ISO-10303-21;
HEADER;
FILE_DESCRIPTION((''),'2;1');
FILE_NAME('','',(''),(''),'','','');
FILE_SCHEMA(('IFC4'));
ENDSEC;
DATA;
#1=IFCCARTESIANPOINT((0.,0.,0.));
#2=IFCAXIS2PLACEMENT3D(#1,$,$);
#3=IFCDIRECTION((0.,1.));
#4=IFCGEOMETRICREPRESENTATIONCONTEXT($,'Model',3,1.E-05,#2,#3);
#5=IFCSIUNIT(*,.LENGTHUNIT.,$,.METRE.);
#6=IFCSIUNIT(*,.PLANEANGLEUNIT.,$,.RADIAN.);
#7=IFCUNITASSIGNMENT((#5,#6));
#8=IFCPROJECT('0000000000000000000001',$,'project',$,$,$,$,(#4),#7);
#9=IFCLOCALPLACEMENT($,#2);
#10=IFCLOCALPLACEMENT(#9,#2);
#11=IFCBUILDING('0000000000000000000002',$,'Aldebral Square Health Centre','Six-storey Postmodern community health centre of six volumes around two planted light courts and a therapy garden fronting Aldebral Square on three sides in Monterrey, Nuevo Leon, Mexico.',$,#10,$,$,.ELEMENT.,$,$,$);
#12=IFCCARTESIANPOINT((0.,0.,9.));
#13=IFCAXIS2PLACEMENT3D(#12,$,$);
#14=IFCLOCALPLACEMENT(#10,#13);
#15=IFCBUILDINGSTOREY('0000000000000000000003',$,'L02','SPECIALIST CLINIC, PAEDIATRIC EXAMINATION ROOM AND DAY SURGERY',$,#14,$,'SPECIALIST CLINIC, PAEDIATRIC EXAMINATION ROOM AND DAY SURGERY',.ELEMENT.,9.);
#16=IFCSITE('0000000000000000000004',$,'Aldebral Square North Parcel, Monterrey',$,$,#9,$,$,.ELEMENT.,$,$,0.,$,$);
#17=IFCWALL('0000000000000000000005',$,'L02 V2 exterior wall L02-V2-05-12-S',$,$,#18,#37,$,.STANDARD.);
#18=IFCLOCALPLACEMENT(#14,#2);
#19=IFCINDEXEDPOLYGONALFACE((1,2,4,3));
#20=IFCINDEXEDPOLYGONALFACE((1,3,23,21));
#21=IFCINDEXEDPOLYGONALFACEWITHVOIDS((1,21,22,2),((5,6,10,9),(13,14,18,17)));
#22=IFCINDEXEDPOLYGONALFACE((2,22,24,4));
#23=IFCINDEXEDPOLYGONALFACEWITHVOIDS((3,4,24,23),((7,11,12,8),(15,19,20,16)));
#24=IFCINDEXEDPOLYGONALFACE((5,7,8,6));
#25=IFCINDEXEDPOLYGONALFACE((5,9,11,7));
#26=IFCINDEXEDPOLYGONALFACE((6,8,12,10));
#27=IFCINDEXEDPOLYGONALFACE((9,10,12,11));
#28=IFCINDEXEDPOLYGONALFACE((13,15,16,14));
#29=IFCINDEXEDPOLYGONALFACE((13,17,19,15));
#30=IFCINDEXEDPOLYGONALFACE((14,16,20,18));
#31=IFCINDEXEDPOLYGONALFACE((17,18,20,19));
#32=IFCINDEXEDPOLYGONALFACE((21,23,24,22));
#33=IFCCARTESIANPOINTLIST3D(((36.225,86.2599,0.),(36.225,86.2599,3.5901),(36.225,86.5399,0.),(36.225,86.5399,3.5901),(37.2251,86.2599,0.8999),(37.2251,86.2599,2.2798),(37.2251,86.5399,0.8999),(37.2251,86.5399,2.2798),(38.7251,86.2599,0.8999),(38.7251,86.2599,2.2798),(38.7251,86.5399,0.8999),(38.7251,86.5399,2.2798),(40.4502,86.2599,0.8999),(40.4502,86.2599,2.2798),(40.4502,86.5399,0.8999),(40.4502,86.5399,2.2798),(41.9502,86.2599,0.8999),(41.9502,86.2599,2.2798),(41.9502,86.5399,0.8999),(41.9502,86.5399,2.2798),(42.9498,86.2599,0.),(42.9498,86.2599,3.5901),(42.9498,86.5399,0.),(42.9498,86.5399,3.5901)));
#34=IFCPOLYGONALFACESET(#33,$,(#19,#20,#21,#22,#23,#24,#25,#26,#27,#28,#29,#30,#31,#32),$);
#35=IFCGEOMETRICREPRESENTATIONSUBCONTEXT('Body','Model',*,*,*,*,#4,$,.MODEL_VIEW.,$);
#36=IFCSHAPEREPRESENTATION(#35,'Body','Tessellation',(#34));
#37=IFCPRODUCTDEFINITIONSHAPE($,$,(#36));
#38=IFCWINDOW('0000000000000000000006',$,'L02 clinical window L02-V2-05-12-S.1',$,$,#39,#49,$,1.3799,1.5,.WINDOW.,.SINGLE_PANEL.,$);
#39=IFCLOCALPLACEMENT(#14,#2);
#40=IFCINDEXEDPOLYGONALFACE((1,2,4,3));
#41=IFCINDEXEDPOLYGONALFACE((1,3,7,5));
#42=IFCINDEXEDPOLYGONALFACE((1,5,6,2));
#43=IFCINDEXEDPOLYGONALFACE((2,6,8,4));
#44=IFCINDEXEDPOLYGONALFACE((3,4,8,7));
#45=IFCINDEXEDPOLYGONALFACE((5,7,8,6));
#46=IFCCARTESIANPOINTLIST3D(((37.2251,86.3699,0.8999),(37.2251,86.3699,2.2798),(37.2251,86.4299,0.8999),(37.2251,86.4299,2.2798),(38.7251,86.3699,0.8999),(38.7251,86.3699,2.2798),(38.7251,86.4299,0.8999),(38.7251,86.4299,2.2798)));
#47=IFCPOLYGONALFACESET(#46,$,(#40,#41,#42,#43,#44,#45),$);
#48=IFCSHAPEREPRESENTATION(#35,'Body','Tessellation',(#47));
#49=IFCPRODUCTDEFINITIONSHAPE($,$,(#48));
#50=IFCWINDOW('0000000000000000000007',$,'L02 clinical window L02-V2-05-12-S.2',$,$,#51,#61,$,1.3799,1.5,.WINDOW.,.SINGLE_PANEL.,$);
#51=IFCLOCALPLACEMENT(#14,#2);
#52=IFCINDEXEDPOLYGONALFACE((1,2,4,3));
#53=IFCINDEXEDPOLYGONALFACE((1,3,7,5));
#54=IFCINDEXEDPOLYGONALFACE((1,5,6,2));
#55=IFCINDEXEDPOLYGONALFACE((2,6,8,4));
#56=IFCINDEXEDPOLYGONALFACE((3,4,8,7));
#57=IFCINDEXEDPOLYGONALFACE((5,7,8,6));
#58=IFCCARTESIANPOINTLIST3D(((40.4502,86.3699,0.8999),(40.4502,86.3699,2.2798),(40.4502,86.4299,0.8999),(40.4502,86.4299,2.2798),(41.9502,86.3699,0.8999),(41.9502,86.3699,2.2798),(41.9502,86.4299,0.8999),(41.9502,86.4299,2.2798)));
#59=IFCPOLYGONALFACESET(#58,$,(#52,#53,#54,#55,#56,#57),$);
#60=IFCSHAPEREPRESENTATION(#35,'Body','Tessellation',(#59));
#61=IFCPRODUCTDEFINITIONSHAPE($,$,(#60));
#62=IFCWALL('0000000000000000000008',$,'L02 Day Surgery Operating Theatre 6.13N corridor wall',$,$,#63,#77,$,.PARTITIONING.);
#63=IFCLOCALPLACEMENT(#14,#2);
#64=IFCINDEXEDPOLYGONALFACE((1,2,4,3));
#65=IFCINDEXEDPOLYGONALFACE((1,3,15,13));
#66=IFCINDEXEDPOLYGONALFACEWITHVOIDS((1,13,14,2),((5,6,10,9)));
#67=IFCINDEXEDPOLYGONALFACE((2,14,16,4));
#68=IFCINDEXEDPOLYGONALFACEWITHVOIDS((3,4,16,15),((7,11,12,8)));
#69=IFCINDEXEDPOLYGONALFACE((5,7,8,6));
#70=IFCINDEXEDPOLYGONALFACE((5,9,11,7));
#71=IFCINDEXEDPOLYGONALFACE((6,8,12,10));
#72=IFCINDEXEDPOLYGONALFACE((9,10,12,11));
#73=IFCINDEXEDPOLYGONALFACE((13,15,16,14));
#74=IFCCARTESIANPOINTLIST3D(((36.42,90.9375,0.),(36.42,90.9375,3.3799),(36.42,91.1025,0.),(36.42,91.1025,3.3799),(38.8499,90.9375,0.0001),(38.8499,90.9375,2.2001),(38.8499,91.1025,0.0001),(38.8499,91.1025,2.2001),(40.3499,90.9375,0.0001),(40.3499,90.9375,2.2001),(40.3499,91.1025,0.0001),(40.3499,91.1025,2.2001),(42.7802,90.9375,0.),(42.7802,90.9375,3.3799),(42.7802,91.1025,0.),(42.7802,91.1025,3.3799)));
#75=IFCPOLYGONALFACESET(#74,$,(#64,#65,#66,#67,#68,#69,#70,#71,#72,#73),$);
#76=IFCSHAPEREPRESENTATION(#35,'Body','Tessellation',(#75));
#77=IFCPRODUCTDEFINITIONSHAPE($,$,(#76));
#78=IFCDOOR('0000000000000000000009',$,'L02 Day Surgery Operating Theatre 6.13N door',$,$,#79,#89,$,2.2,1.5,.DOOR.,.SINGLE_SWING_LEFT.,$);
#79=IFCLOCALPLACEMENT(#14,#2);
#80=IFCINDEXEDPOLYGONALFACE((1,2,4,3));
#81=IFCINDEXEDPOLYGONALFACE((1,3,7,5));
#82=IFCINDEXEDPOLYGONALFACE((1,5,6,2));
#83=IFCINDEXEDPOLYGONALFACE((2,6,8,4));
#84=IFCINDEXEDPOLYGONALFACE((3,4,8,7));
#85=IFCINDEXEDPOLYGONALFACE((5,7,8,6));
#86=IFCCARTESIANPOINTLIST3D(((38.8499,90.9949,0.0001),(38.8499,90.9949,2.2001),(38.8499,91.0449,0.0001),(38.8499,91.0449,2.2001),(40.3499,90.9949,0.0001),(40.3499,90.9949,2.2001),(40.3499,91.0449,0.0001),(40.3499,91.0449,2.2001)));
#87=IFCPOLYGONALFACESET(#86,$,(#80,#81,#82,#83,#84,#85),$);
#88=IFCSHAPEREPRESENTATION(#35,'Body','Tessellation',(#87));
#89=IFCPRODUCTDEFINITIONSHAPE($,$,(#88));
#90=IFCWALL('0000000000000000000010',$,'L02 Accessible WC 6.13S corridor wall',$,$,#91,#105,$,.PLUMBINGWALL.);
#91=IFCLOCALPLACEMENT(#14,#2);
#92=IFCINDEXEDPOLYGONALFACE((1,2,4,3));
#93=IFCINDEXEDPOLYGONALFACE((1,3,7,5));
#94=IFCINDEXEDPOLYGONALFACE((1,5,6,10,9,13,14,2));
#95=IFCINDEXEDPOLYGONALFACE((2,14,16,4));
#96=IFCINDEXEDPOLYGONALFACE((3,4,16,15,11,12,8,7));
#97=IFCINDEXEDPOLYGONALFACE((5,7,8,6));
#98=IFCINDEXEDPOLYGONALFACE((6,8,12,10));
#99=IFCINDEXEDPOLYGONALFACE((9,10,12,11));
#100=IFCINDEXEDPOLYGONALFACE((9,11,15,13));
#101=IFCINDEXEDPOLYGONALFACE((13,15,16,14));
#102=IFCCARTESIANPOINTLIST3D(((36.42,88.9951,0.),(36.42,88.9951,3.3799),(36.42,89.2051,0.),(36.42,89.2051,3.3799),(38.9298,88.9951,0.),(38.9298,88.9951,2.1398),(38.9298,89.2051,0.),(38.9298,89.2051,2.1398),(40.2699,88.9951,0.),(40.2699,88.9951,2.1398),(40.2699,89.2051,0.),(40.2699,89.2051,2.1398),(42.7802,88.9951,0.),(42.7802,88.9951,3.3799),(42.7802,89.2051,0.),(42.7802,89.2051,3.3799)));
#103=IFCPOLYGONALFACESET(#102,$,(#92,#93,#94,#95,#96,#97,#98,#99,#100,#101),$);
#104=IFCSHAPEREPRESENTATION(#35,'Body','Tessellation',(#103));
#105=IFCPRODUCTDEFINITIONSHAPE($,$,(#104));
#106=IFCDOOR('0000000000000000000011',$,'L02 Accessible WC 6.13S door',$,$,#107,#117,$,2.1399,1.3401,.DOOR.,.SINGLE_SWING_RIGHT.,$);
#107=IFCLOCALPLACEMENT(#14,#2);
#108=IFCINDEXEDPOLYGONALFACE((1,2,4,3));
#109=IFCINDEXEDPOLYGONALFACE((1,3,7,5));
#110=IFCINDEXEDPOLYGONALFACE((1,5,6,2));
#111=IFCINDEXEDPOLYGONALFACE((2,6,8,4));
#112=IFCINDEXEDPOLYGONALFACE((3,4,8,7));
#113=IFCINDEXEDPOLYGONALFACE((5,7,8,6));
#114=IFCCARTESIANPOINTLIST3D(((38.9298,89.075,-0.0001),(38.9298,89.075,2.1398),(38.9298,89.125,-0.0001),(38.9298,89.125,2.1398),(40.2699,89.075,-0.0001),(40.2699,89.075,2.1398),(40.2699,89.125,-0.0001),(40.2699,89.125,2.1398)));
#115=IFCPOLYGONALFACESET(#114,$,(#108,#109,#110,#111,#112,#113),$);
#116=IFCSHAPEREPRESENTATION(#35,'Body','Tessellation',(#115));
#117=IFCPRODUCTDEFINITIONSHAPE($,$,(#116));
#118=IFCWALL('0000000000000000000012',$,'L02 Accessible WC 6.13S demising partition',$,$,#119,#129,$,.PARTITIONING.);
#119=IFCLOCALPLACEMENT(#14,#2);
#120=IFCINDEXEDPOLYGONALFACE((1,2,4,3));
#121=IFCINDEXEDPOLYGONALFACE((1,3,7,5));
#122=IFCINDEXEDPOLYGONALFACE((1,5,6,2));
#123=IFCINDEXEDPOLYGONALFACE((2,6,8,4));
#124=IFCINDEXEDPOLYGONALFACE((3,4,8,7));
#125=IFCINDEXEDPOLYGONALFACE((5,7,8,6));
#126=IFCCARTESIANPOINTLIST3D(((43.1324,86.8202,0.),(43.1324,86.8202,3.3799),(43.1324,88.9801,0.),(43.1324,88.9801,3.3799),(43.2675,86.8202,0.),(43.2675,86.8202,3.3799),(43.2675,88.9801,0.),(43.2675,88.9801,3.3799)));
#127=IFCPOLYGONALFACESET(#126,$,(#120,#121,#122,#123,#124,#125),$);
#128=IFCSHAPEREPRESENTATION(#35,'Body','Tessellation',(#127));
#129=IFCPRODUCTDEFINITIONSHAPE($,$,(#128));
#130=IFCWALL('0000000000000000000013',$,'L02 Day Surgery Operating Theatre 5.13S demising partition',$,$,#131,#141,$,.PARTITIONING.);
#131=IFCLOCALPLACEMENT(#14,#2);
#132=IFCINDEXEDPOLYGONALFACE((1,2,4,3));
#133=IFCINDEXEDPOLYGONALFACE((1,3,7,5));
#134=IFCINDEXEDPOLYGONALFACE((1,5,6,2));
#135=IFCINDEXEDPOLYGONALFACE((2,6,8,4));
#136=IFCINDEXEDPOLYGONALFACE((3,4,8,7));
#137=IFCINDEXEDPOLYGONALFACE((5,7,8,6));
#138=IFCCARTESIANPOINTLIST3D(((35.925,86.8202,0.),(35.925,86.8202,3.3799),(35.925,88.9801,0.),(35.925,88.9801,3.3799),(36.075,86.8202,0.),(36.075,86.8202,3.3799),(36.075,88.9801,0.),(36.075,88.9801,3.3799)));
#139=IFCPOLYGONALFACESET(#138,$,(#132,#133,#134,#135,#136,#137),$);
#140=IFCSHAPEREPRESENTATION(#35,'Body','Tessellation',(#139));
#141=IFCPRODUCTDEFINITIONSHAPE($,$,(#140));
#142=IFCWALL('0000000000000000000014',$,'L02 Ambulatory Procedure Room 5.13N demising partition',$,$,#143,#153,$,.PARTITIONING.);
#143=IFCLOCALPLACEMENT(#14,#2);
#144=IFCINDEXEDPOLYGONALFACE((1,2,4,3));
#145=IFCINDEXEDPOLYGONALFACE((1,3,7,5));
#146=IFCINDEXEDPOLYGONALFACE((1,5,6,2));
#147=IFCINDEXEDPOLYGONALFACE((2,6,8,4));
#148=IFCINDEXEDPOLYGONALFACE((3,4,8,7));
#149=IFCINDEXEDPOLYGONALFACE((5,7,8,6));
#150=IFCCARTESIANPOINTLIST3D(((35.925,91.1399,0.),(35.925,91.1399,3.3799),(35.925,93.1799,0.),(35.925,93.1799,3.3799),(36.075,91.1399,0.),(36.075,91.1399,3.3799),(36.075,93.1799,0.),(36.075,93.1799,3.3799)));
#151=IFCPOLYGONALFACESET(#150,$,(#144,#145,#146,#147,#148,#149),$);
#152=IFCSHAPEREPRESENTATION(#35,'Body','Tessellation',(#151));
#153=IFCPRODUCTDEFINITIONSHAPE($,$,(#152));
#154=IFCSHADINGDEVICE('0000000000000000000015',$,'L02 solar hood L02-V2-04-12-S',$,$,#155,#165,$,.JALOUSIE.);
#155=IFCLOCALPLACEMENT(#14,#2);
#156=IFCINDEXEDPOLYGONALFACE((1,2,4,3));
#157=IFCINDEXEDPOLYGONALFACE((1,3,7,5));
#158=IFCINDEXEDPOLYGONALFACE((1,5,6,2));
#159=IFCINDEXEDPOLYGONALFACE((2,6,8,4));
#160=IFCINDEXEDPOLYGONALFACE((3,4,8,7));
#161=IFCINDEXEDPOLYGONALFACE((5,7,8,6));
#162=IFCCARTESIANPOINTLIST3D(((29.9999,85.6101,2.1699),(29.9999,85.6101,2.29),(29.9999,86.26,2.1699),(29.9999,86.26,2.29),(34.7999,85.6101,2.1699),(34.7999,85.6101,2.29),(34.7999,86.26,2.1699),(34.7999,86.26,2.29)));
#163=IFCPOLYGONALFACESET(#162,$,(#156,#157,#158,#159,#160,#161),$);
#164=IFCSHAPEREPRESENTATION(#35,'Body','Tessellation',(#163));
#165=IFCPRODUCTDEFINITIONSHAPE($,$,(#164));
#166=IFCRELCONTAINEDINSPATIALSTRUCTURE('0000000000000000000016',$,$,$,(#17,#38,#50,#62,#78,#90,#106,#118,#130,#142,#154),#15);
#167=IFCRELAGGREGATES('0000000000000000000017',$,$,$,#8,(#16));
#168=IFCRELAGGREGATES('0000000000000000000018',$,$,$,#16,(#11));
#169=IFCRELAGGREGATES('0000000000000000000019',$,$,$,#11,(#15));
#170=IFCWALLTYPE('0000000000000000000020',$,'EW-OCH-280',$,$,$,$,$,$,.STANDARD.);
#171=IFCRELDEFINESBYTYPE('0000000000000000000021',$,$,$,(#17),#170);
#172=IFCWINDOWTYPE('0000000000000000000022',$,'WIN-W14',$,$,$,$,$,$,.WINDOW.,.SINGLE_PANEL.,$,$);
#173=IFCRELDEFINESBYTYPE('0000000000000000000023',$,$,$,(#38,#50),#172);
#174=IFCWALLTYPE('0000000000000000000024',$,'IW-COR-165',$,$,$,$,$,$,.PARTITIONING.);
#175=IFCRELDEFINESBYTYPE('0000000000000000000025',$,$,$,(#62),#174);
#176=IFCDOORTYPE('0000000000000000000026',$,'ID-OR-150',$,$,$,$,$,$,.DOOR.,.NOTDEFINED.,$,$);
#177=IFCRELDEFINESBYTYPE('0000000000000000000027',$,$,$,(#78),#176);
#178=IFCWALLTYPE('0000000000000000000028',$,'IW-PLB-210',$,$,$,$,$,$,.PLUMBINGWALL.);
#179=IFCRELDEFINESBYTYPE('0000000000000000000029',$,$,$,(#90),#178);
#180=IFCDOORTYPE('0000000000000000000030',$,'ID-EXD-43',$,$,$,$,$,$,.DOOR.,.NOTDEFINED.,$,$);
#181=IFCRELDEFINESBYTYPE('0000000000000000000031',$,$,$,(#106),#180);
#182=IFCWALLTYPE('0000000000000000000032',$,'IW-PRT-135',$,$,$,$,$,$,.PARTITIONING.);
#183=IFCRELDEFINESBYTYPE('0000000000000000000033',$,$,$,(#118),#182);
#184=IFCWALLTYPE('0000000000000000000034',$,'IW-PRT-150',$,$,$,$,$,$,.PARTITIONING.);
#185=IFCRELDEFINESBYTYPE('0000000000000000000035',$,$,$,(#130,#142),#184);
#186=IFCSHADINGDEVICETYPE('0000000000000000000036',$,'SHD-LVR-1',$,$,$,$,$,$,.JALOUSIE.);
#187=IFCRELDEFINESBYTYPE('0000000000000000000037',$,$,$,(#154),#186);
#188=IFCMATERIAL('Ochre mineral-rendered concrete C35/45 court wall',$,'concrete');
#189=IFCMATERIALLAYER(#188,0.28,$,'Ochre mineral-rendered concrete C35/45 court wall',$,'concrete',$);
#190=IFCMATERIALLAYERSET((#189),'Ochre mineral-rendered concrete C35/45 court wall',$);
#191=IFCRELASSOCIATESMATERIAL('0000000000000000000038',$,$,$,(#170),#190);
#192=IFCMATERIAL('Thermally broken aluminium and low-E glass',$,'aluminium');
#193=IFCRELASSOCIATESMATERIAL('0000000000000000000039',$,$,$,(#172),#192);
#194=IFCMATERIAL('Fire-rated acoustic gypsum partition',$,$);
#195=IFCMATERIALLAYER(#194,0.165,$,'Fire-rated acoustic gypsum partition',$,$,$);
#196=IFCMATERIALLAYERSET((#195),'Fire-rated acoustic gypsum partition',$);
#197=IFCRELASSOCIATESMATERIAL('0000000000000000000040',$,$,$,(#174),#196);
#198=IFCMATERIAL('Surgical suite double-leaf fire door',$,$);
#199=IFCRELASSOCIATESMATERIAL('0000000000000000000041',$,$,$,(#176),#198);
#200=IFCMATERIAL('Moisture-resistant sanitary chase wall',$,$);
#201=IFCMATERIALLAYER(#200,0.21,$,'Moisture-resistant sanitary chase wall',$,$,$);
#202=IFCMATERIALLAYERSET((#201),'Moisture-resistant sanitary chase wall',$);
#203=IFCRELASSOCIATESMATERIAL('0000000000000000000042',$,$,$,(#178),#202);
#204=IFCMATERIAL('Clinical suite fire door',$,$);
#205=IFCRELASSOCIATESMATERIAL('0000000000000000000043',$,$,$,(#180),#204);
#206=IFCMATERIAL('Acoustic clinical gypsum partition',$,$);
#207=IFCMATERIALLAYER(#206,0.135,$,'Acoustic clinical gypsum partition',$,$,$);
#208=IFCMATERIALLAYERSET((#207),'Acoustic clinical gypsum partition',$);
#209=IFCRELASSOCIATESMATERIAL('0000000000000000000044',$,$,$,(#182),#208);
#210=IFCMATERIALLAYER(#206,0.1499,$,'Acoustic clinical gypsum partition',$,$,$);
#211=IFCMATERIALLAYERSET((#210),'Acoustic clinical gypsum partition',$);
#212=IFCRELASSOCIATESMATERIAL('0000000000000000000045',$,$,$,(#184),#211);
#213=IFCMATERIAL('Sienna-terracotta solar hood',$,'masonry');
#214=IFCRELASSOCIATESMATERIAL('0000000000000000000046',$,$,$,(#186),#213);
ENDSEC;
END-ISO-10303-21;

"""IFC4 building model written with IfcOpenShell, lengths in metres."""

from ifc_helpers import new_model, si_unit, direction, frame, frame_2d, origin, origin_2d, place, context, subcontext, project, spatial, rectangle, extrude, material, layer, layer_set, type_object, element, fill, save


model = new_model("IFC4")

# Units and contexts
model_context = context("Model", 3, precision=1e-05, world=origin(), true_north=direction((0.0, 1.0)))
body_context = subcontext(model_context, "Body", "Model", "MODEL_VIEW")
ifc_project = project(units=[si_unit("LENGTHUNIT", "METRE"), si_unit("PLANEANGLEUNIT", "RADIAN")], contexts=[model_context])

# Site, building, storey
site_placement = place(None, origin())
site = spatial("IfcSite", under=ifc_project, at=site_placement, Name="Aldebral Square North Parcel, Monterrey", CompositionType="ELEMENT", RefElevation=0.0)
building_placement = place(site_placement, origin())
building = spatial("IfcBuilding", under=site, at=building_placement, Name="Aldebral Square Health Centre", Description="Six-storey Postmodern community health centre of six volumes around two planted light courts and a therapy garden fronting Aldebral Square on three sides in Monterrey, Nuevo Leon, Mexico.", CompositionType="ELEMENT")
storey_placement = place(building_placement, frame((0.0, 0.0, 9.0)))
storey = spatial("IfcBuildingStorey", under=building, at=storey_placement, Name="L02", Description="SPECIALIST CLINIC, PAEDIATRIC EXAMINATION ROOM AND DAY SURGERY", LongName="SPECIALIST CLINIC, PAEDIATRIC EXAMINATION ROOM AND DAY SURGERY", CompositionType="ELEMENT", Elevation=9.0)

# Wall, openings, windows
ifc_material_1 = material(Name="Ochre mineral-rendered concrete C35/45 court wall", Category="concrete")
ifc_layer_1 = layer(ifc_material_1, 0.28, Name="Ochre mineral-rendered concrete C35/45 court wall", Category="concrete")
ifc_layer_set_1 = layer_set([ifc_layer_1], Name="Ochre mineral-rendered concrete C35/45 court wall")
wall_type_1 = type_object("IfcWallType", Name="EW-OCH-280", PredefinedType="STANDARD", material=ifc_layer_set_1)
wall_1_placement = place(storey_placement, frame((36.2251, 86.3999, 0.0), z_axis=(0.0, 0.0, 1.0), x_axis=(1.0, 0.0, 0.0)))
wall_1 = element("IfcWall", 1, at=wall_1_placement, inside=storey, type_object=wall_type_1, Name="L02 V2 exterior wall L02-V2-05-12-S", PredefinedType="STANDARD", context=body_context, shape_type="SweptSolid", body=[
    extrude(rectangle(XDim=6.7249, YDim=0.28, at=frame_2d((3.3623, 0.0))), origin(), (0.0, 0.0, 1.0), 3.5901),
])
opening_1_placement = place(wall_1_placement, frame((1.0, 0.0, 0.8999)))
opening_1 = element("IfcOpeningElement", 2, at=opening_1_placement, cuts=wall_1, PredefinedType="OPENING", context=body_context, shape_type="SweptSolid", body=[
    extrude(rectangle(XDim=1.5, YDim=1.3799, at=frame_2d((0.75, 0.6899))), frame((0.0, 0.1499, 0.0), z_axis=(0.0, -1.0, 0.0), x_axis=(1.0, 0.0, 0.0)), (0.0, 0.0, 1.0), 0.3),
])
opening_2_placement = place(wall_1_placement, frame((4.2251, 0.0, 0.8999)))
opening_2 = element("IfcOpeningElement", 3, at=opening_2_placement, cuts=wall_1, PredefinedType="OPENING", context=body_context, shape_type="SweptSolid", body=[
    extrude(rectangle(XDim=1.5, YDim=1.3799, at=frame_2d((0.75, 0.6899))), frame((0.0, 0.1499, 0.0), z_axis=(0.0, -1.0, 0.0), x_axis=(1.0, 0.0, 0.0)), (0.0, 0.0, 1.0), 0.3),
])
ifc_material_2 = material(Name="Thermally broken aluminium and low-E glass", Category="aluminium")
window_type = type_object("IfcWindowType", Name="WIN-W14", PartitioningType="SINGLE_PANEL", PredefinedType="WINDOW", material=ifc_material_2)
window_1_placement = place(opening_1_placement, origin())
window_1 = element("IfcWindow", 4, at=window_1_placement, inside=storey, type_object=window_type, Name="L02 clinical window L02-V2-05-12-S.1", OverallHeight=1.3799, OverallWidth=1.5, PartitioningType="SINGLE_PANEL", PredefinedType="WINDOW", context=body_context, shape_type="SweptSolid", body=[
    extrude(rectangle(XDim=1.5, YDim=1.3799, at=frame_2d((0.75, 0.6899))), frame((0.0, 0.03, 0.0), z_axis=(0.0, -1.0, 0.0), x_axis=(1.0, 0.0, 0.0)), (0.0, 0.0, 1.0), 0.0601),
])
fill(opening_1, window_1)
window_2_placement = place(opening_2_placement, origin())
window_2 = element("IfcWindow", 5, at=window_2_placement, inside=storey, type_object=window_type, Name="L02 clinical window L02-V2-05-12-S.2", OverallHeight=1.3799, OverallWidth=1.5, PartitioningType="SINGLE_PANEL", PredefinedType="WINDOW", context=body_context, shape_type="SweptSolid", body=[
    extrude(rectangle(XDim=1.5, YDim=1.3799, at=frame_2d((0.75, 0.6899))), frame((0.0, 0.03, 0.0), z_axis=(0.0, -1.0, 0.0), x_axis=(1.0, 0.0, 0.0)), (0.0, 0.0, 1.0), 0.0601),
])
fill(opening_2, window_2)

# Walls, openings, doors
ifc_material_3 = material(Name="Fire-rated acoustic gypsum partition")
ifc_layer_2 = layer(ifc_material_3, 0.165, Name="Fire-rated acoustic gypsum partition")
ifc_layer_set_2 = layer_set([ifc_layer_2], Name="Fire-rated acoustic gypsum partition")
wall_type_2 = type_object("IfcWallType", Name="IW-COR-165", PredefinedType="PARTITIONING", material=ifc_layer_set_2)
wall_2_placement = place(storey_placement, frame((36.4199, 91.02, 0.0), z_axis=(0.0, 0.0, 1.0), x_axis=(1.0, 0.0, 0.0)))
wall_2 = element("IfcWall", 6, at=wall_2_placement, inside=storey, type_object=wall_type_2, Name="L02 Day Surgery Operating Theatre 6.13N corridor wall", PredefinedType="PARTITIONING", context=body_context, shape_type="SweptSolid", body=[
    extrude(rectangle(XDim=6.3601, YDim=0.165, at=frame_2d((3.1802, 0.0))), origin(), (0.0, 0.0, 1.0), 3.3799),
])
opening_3_placement = place(wall_2_placement, frame((2.4299, 0.0, 0.0)))
opening_3 = element("IfcOpeningElement", 7, at=opening_3_placement, cuts=wall_2, PredefinedType="OPENING", context=body_context, shape_type="SweptSolid", body=[
    extrude(rectangle(XDim=1.5, YDim=2.2, at=frame_2d((0.75, 1.1001))), frame((0.0, 0.0925, 0.0), z_axis=(0.0, -1.0, 0.0), x_axis=(1.0, 0.0, 0.0)), (0.0, 0.0, 1.0), 0.1851),
])
ifc_material_4 = material(Name="Surgical suite double-leaf fire door")
door_type_1 = type_object("IfcDoorType", Name="ID-OR-150", OperationType="NOTDEFINED", PredefinedType="DOOR", material=ifc_material_4)
door_1_placement = place(opening_3_placement, origin())
door_1 = element("IfcDoor", 8, at=door_1_placement, inside=storey, type_object=door_type_1, Name="L02 Day Surgery Operating Theatre 6.13N door", OperationType="SINGLE_SWING_LEFT", OverallHeight=2.2, OverallWidth=1.5, PredefinedType="DOOR", context=body_context, shape_type="SweptSolid", body=[
    extrude(rectangle(XDim=1.5, YDim=2.2, at=frame_2d((0.75, 1.1001))), frame((0.0, 0.0249, 0.0), z_axis=(0.0, -1.0, 0.0), x_axis=(1.0, 0.0, 0.0)), (0.0, 0.0, 1.0), 0.05),
])
fill(opening_3, door_1)
ifc_material_5 = material(Name="Moisture-resistant sanitary chase wall")
ifc_layer_3 = layer(ifc_material_5, 0.21, Name="Moisture-resistant sanitary chase wall")
ifc_layer_set_3 = layer_set([ifc_layer_3], Name="Moisture-resistant sanitary chase wall")
wall_type_3 = type_object("IfcWallType", Name="IW-PLB-210", PredefinedType="PLUMBINGWALL", material=ifc_layer_set_3)
wall_3_placement = place(storey_placement, frame((36.4199, 89.1001, 0.0), z_axis=(0.0, 0.0, 1.0), x_axis=(1.0, 0.0, 0.0)))
wall_3 = element("IfcWall", 9, at=wall_3_placement, inside=storey, type_object=wall_type_3, Name="L02 Accessible WC 6.13S corridor wall", PredefinedType="PLUMBINGWALL", context=body_context, shape_type="SweptSolid", body=[
    extrude(rectangle(XDim=6.3601, YDim=0.21, at=frame_2d((3.1802, 0.0))), origin(), (0.0, 0.0, 1.0), 3.3799),
])
opening_4_placement = place(wall_3_placement, frame((2.51, 0.0, 0.0)))
opening_4 = element("IfcOpeningElement", 10, at=opening_4_placement, cuts=wall_3, PredefinedType="OPENING", context=body_context, shape_type="SweptSolid", body=[
    extrude(rectangle(XDim=1.3401, YDim=2.1399, at=frame_2d((0.6699, 1.0698))), frame((0.0, 0.115, 0.0), z_axis=(0.0, -1.0, 0.0), x_axis=(1.0, 0.0, 0.0)), (0.0, 0.0, 1.0), 0.23),
])
ifc_material_6 = material(Name="Clinical suite fire door")
door_type_2 = type_object("IfcDoorType", Name="ID-EXD-43", OperationType="NOTDEFINED", PredefinedType="DOOR", material=ifc_material_6)
door_2_placement = place(opening_4_placement, origin())
door_2 = element("IfcDoor", 11, at=door_2_placement, inside=storey, type_object=door_type_2, Name="L02 Accessible WC 6.13S door", OperationType="SINGLE_SWING_RIGHT", OverallHeight=2.1399, OverallWidth=1.3401, PredefinedType="DOOR", context=body_context, shape_type="SweptSolid", body=[
    extrude(rectangle(XDim=1.3401, YDim=2.1399, at=frame_2d((0.6699, 1.0698))), frame((0.0, 0.0249, 0.0), z_axis=(0.0, -1.0, 0.0), x_axis=(1.0, 0.0, 0.0)), (0.0, 0.0, 1.0), 0.05),
])
fill(opening_4, door_2)

# Walls
ifc_material_7 = material(Name="Acoustic clinical gypsum partition")
ifc_layer_4 = layer(ifc_material_7, 0.135, Name="Acoustic clinical gypsum partition")
ifc_layer_set_4 = layer_set([ifc_layer_4], Name="Acoustic clinical gypsum partition")
wall_type_4 = type_object("IfcWallType", Name="IW-PRT-135", PredefinedType="PARTITIONING", material=ifc_layer_set_4)
wall_4_placement = place(storey_placement, frame((43.2, 86.8201, 0.0), z_axis=(0.0, 0.0, 1.0), x_axis=(0.0, 1.0, 0.0)))
element("IfcWall", 12, at=wall_4_placement, inside=storey, type_object=wall_type_4, Name="L02 Accessible WC 6.13S demising partition", PredefinedType="PARTITIONING", context=body_context, shape_type="SweptSolid", body=[
    extrude(rectangle(XDim=2.1599, YDim=0.135, at=frame_2d((1.0801, 0.0))), origin(), (0.0, 0.0, 1.0), 3.3799),
])
ifc_layer_5 = layer(ifc_material_7, 0.1499, Name="Acoustic clinical gypsum partition")
ifc_layer_set_5 = layer_set([ifc_layer_5], Name="Acoustic clinical gypsum partition")
wall_type_5 = type_object("IfcWallType", Name="IW-PRT-150", PredefinedType="PARTITIONING", material=ifc_layer_set_5)
wall_5_placement = place(storey_placement, frame((36.0, 86.8201, 0.0), z_axis=(0.0, 0.0, 1.0), x_axis=(0.0, 1.0, 0.0)))
element("IfcWall", 13, at=wall_5_placement, inside=storey, type_object=wall_type_5, Name="L02 Day Surgery Operating Theatre 5.13S demising partition", PredefinedType="PARTITIONING", context=body_context, shape_type="SweptSolid", body=[
    extrude(rectangle(XDim=2.1599, YDim=0.1499, at=frame_2d((1.0801, 0.0))), origin(), (0.0, 0.0, 1.0), 3.3799),
])
wall_6_placement = place(storey_placement, frame((36.0, 91.1399, 0.0), z_axis=(0.0, 0.0, 1.0), x_axis=(0.0, 1.0, 0.0)))
element("IfcWall", 14, at=wall_6_placement, inside=storey, type_object=wall_type_5, Name="L02 Ambulatory Procedure Room 5.13N demising partition", PredefinedType="PARTITIONING", context=body_context, shape_type="SweptSolid", body=[
    extrude(rectangle(XDim=2.04, YDim=0.1499, at=frame_2d((1.02, 0.0))), origin(), (0.0, 0.0, 1.0), 3.3799),
])

# Shading device
ifc_material_8 = material(Name="Sienna-terracotta solar hood", Category="masonry")
shading_device_type = type_object("IfcShadingDeviceType", Name="SHD-LVR-1", PredefinedType="JALOUSIE", material=ifc_material_8)
for number, where, z_axis, x_axis, name in (
    (15, (32.3999, 85.9351, 2.1699), (0.0, 0.0, 1.0), (1.0, 0.0, 0.0), "L02 solar hood L02-V2-04-12-S"),
):
    element("IfcShadingDevice", number, at=place(storey_placement, frame(where, z_axis=z_axis, x_axis=x_axis)), inside=storey, type_object=shading_device_type, Name=name, PredefinedType="JALOUSIE", context=body_context, shape_type="SweptSolid", body=[
        extrude(rectangle(XDim=4.8, YDim=0.6499, at=origin_2d()), origin(), (0.0, 0.0, 1.0), 0.1201),
    ])

save(model, "model.ifc")
